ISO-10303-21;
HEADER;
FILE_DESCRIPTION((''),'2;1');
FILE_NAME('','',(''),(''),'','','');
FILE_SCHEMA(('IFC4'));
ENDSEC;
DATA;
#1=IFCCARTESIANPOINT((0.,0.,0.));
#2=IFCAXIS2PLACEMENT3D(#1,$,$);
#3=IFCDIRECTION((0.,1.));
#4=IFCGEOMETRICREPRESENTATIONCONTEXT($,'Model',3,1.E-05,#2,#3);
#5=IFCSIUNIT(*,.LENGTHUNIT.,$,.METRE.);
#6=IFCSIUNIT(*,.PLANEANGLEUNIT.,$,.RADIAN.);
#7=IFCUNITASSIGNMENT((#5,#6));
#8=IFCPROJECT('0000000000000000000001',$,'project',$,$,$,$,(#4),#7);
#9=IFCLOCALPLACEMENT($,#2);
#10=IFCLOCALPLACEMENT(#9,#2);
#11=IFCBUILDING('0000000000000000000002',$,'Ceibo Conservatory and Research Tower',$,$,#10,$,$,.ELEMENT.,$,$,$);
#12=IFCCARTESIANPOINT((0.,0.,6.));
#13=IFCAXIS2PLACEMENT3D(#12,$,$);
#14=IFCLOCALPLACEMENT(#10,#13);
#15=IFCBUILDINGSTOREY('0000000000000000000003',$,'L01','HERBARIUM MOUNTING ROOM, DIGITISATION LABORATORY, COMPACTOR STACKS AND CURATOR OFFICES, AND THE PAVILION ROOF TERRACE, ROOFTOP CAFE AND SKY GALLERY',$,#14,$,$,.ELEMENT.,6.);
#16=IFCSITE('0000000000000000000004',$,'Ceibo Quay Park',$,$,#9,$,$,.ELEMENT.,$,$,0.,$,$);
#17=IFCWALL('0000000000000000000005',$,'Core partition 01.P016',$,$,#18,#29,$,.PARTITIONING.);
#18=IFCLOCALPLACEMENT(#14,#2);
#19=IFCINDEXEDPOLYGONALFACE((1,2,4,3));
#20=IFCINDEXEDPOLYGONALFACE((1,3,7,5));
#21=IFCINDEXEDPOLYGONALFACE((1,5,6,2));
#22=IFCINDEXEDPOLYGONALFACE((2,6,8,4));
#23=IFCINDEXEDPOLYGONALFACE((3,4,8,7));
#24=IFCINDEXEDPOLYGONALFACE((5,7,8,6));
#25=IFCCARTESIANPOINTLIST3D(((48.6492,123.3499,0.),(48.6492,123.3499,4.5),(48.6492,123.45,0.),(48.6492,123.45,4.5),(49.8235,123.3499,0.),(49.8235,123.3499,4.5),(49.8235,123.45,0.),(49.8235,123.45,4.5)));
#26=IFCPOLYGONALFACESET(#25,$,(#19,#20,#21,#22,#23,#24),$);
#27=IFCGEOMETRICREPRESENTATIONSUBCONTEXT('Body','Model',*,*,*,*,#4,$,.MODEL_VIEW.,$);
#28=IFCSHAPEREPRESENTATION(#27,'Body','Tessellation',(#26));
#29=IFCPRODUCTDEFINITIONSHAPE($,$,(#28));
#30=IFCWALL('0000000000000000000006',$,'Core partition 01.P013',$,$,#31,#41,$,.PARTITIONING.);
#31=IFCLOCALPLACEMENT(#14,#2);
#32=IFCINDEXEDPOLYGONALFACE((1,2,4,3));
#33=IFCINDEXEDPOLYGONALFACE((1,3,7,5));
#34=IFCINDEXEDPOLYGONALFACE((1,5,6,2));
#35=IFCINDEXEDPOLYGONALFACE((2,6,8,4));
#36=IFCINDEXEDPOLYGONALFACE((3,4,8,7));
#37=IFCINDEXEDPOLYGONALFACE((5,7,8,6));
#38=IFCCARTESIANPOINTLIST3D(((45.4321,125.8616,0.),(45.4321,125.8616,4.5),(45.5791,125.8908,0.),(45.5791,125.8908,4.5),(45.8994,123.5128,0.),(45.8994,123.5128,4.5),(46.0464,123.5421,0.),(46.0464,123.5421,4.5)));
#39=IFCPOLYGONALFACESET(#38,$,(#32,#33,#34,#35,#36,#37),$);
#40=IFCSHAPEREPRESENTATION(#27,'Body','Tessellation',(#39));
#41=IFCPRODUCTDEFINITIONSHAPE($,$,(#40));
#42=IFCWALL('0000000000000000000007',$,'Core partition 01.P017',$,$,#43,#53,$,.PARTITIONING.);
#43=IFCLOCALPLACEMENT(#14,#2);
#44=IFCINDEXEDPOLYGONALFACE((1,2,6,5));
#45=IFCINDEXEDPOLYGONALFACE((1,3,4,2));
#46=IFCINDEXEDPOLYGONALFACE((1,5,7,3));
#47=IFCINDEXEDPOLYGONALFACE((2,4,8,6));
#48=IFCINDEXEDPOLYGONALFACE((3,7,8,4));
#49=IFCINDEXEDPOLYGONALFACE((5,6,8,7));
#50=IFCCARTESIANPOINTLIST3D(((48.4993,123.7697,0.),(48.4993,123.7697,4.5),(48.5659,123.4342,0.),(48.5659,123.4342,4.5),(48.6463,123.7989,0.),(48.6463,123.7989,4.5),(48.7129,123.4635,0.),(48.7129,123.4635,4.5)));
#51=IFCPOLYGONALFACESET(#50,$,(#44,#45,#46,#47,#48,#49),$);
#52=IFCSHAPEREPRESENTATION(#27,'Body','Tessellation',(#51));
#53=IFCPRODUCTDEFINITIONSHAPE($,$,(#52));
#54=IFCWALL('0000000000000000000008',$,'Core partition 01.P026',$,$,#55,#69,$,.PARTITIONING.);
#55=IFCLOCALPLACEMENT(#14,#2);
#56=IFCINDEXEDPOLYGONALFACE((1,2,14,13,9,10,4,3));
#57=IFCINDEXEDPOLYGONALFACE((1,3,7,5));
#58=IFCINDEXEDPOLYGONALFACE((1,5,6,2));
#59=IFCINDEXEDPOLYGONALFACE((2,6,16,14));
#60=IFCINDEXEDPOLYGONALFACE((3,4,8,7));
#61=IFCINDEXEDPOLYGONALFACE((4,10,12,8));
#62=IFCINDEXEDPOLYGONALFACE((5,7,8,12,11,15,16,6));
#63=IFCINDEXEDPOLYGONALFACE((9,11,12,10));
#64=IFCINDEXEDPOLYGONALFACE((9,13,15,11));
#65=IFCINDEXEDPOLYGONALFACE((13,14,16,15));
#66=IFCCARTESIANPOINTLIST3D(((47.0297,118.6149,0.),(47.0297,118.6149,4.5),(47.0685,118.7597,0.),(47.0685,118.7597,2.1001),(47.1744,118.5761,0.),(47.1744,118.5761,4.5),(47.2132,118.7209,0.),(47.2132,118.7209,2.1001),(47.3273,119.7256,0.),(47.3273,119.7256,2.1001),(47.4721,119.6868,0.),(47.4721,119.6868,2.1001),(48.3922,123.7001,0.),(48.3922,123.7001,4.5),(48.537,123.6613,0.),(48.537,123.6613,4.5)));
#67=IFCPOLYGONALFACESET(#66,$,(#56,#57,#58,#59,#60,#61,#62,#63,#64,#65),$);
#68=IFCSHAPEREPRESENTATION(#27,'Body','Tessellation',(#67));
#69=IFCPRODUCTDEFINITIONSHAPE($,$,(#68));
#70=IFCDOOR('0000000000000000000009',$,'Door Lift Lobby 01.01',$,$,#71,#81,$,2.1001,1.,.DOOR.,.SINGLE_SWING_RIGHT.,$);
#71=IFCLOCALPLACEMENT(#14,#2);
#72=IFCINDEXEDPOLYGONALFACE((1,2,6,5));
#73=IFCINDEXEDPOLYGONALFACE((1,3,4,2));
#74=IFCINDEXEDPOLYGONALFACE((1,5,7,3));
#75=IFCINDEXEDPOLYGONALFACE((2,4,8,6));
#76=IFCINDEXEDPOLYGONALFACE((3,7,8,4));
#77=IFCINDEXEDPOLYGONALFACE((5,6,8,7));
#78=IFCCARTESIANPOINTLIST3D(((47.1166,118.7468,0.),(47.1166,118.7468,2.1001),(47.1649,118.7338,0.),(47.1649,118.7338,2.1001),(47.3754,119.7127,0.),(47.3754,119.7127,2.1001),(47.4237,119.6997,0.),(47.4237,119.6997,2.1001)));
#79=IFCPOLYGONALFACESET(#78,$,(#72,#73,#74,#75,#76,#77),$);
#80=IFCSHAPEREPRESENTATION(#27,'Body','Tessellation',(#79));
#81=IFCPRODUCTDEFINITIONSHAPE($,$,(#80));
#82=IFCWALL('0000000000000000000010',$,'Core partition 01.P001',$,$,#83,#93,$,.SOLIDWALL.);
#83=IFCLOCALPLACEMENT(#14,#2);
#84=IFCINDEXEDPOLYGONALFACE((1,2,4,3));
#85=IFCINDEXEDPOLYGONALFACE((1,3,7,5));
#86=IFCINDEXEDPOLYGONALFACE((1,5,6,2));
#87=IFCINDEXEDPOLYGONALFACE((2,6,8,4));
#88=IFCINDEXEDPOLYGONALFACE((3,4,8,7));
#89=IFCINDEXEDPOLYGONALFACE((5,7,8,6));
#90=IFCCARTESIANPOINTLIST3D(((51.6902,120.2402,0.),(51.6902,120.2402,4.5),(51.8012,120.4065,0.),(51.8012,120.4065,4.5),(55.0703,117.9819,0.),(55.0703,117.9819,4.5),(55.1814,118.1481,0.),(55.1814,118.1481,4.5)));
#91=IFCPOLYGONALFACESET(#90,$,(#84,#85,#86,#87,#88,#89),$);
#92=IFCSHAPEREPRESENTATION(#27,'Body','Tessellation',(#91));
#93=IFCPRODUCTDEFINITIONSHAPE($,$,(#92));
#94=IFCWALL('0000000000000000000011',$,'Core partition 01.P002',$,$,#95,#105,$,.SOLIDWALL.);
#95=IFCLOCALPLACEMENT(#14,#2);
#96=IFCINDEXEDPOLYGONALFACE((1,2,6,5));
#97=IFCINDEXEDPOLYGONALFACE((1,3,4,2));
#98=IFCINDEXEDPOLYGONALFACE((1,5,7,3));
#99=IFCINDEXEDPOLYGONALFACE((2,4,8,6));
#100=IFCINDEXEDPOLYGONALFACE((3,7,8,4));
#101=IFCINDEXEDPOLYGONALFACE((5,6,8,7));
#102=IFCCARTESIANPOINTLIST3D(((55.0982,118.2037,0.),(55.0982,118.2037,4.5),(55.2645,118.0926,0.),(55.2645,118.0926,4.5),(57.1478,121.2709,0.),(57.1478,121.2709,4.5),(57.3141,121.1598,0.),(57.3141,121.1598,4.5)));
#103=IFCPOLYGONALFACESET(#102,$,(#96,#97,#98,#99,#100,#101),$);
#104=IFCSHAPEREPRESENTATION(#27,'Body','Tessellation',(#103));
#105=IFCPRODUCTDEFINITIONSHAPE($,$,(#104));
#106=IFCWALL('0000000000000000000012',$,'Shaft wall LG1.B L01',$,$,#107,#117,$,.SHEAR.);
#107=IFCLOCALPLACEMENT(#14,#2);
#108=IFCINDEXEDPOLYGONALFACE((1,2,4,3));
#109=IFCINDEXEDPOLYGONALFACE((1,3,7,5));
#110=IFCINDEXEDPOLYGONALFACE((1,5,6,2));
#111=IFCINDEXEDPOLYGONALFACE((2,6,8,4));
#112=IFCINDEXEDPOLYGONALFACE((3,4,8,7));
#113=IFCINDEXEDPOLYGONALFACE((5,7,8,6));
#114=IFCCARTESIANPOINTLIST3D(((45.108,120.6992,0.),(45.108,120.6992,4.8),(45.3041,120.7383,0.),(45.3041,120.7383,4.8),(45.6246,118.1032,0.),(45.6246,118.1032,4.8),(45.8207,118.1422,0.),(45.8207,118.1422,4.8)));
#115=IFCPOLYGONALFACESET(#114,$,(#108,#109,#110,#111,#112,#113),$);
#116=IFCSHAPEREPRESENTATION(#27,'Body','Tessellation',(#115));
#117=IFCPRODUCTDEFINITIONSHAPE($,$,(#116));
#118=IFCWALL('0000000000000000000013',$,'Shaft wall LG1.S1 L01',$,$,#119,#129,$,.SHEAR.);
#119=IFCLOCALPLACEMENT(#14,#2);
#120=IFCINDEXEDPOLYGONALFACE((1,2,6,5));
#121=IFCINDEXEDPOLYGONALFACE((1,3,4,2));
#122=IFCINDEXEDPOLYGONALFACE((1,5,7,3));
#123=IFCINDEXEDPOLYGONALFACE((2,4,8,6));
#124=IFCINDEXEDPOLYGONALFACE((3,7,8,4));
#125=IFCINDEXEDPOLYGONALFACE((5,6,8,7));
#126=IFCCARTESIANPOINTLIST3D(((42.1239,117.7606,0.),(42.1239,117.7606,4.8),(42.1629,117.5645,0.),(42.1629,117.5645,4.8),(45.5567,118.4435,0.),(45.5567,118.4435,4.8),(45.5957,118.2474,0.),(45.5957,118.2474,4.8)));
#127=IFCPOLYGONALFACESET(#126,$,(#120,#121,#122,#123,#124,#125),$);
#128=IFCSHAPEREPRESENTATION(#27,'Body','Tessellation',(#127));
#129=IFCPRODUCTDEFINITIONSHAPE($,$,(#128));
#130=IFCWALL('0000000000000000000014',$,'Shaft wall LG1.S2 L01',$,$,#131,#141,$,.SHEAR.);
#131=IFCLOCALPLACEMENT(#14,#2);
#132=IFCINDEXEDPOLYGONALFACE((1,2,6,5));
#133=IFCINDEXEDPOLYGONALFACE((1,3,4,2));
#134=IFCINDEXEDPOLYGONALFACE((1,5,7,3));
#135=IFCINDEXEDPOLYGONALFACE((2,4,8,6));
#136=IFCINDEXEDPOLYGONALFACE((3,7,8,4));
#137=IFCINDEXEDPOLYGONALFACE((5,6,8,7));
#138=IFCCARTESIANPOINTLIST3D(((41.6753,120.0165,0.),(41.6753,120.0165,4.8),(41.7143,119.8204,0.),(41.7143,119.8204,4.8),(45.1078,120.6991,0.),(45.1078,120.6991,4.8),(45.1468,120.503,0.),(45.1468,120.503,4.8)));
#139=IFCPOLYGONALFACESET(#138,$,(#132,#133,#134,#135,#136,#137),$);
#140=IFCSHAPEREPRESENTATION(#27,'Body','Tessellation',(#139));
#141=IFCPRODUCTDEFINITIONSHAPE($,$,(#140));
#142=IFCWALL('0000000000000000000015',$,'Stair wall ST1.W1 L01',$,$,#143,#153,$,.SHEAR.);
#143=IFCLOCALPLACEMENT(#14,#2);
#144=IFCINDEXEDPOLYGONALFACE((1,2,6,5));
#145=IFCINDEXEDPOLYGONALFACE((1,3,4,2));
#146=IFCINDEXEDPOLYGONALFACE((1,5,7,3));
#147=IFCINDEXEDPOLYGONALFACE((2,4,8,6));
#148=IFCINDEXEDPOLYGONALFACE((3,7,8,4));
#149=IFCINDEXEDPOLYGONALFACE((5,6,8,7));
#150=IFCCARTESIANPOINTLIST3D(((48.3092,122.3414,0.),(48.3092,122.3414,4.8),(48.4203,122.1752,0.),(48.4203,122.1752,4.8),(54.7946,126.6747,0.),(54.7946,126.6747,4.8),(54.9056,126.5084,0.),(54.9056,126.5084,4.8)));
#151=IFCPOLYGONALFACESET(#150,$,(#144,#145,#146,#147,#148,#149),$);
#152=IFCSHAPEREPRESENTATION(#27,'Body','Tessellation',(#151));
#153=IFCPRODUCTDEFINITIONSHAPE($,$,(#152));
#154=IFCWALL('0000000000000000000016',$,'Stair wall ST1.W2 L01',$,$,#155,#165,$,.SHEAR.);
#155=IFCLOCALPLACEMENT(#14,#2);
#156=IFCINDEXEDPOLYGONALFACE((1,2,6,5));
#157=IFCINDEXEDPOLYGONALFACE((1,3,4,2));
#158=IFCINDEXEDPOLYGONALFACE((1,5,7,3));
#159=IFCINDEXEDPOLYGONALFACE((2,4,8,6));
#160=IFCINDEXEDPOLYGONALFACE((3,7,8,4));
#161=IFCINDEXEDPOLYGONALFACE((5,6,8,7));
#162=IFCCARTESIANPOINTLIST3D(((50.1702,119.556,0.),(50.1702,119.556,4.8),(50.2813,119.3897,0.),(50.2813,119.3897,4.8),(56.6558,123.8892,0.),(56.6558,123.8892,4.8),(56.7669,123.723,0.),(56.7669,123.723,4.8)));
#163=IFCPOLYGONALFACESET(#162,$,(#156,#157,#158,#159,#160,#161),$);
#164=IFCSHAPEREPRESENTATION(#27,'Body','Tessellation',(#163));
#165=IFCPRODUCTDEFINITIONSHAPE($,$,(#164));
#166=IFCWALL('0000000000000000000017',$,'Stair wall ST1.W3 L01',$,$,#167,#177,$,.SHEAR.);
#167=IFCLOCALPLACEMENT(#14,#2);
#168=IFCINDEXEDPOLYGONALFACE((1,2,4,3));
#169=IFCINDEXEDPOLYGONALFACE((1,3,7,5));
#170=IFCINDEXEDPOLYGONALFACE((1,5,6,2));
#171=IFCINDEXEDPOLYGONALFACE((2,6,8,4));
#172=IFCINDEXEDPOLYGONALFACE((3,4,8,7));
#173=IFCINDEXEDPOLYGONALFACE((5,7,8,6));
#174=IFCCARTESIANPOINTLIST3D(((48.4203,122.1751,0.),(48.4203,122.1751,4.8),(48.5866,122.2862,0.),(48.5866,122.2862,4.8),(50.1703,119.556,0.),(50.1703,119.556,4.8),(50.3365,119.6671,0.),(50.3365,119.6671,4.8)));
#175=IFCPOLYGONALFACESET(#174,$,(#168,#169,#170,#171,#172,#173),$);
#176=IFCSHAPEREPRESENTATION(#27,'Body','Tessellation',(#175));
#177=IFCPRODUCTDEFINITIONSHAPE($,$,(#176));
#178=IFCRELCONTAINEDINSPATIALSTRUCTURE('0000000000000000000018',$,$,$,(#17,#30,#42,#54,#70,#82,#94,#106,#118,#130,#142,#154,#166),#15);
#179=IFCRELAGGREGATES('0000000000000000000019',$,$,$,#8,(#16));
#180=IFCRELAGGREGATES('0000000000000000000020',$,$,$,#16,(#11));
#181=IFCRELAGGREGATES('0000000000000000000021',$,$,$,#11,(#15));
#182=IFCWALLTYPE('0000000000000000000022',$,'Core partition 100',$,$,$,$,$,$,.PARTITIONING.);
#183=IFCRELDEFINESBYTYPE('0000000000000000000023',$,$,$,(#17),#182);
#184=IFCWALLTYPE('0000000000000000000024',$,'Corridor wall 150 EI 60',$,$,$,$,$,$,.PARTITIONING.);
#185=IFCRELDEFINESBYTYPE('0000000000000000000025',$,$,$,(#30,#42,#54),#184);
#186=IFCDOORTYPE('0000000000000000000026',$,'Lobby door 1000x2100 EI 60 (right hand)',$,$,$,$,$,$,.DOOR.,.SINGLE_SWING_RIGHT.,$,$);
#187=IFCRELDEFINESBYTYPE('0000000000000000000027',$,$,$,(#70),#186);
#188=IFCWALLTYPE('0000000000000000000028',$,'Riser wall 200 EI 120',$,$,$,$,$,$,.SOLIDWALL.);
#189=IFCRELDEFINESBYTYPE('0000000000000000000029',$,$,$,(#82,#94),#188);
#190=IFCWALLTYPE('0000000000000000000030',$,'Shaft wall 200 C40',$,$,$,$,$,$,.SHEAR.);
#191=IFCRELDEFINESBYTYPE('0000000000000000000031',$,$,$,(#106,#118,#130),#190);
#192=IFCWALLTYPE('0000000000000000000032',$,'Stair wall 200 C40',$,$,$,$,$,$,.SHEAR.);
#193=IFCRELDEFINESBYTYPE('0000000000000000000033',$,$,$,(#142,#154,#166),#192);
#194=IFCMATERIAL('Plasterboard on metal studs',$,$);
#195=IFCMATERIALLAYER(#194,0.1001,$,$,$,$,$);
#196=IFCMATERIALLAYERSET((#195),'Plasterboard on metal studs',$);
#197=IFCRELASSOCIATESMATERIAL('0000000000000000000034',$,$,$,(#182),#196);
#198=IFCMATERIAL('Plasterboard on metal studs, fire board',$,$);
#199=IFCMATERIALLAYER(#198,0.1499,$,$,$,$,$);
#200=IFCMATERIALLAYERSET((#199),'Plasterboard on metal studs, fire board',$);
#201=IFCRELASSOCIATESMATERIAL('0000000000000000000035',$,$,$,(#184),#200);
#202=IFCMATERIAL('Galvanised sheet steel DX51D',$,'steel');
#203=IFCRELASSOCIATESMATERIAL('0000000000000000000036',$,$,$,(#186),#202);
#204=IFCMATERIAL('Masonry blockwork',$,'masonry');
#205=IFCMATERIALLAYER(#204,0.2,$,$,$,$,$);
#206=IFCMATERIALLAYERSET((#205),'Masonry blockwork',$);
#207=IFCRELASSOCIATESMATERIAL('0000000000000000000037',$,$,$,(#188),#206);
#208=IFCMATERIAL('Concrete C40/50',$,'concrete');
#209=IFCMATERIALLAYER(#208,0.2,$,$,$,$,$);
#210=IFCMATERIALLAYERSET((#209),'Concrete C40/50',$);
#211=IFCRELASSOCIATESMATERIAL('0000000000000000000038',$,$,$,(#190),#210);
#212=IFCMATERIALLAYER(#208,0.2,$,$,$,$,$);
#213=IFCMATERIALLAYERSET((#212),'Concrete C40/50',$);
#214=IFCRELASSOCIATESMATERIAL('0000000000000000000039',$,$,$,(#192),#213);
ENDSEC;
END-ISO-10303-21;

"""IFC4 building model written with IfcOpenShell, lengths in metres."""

from ifc_helpers import new_model, si_unit, direction, frame, frame_2d, origin, place, context, subcontext, project, spatial, rectangle, extrude, material, layer, layer_set, type_object, element, fill, save


model = new_model("IFC4")

# Units and contexts
model_context = context("Model", 3, precision=1e-05, world=origin(), true_north=direction((0.0, 1.0)))
body_context = subcontext(model_context, "Body", "Model", "MODEL_VIEW")
ifc_project = project(units=[si_unit("LENGTHUNIT", "METRE"), si_unit("PLANEANGLEUNIT", "RADIAN")], contexts=[model_context])

# Site, building, storey
site_placement = place(None, origin())
site = spatial("IfcSite", under=ifc_project, at=site_placement, Name="Ceibo Quay Park", CompositionType="ELEMENT", RefElevation=0.0)
building_placement = place(site_placement, origin())
building = spatial("IfcBuilding", under=site, at=building_placement, Name="Ceibo Conservatory and Research Tower", CompositionType="ELEMENT")
storey_placement = place(building_placement, frame((0.0, 0.0, 6.0)))
storey = spatial("IfcBuildingStorey", under=building, at=storey_placement, Name="L01", Description="HERBARIUM MOUNTING ROOM, DIGITISATION LABORATORY, COMPACTOR STACKS AND CURATOR OFFICES, AND THE PAVILION ROOF TERRACE, ROOFTOP CAFE AND SKY GALLERY", CompositionType="ELEMENT", Elevation=6.0)

# Walls
ifc_material_1 = material(Name="Plasterboard on metal studs")
ifc_layer_1 = layer(ifc_material_1, 0.1001)
ifc_layer_set_1 = layer_set([ifc_layer_1], Name="Plasterboard on metal studs")
wall_type_1 = type_object("IfcWallType", Name="Core partition 100", PredefinedType="PARTITIONING", material=ifc_layer_set_1)
wall_1_placement = place(storey_placement, frame((49.8235, 123.3999, 0.0), z_axis=(0.0, 0.0, 1.0), x_axis=(-1.0, 0.0, 0.0)))
element("IfcWall", 1, at=wall_1_placement, inside=storey, type_object=wall_type_1, Name="Core partition 01.P016", PredefinedType="PARTITIONING", context=body_context, shape_type="SweptSolid", body=[
    extrude(rectangle(XDim=1.1743, YDim=0.1001, at=frame_2d((0.5872, 0.0))), origin(), (0.0, 0.0, 1.0), 4.5),
])
ifc_material_2 = material(Name="Plasterboard on metal studs, fire board")
ifc_layer_2 = layer(ifc_material_2, 0.1499)
ifc_layer_set_2 = layer_set([ifc_layer_2], Name="Plasterboard on metal studs, fire board")
wall_type_2 = type_object("IfcWallType", Name="Corridor wall 150 EI 60", PredefinedType="PARTITIONING", material=ifc_layer_set_2)
wall_2_placement = place(storey_placement, frame((45.9729, 123.5276, 0.0), z_axis=(0.0, 0.0, 1.0), x_axis=(-0.195136, 0.980776, 0.0)))
element("IfcWall", 2, at=wall_2_placement, inside=storey, type_object=wall_type_2, Name="Core partition 01.P013", PredefinedType="PARTITIONING", context=body_context, shape_type="SweptSolid", body=[
    extrude(rectangle(XDim=2.3948, YDim=0.1499, at=frame_2d((1.1973, 0.0))), origin(), (0.0, 0.0, 1.0), 4.5),
])
wall_3_placement = place(storey_placement, frame((48.6394, 123.449, 0.0), z_axis=(0.0, 0.0, 1.0), x_axis=(-0.19488, 0.980827, 0.0)))
element("IfcWall", 3, at=wall_3_placement, inside=storey, type_object=wall_type_2, Name="Core partition 01.P017", PredefinedType="PARTITIONING", context=body_context, shape_type="SweptSolid", body=[
    extrude(rectangle(XDim=0.342, YDim=0.1499, at=frame_2d((0.1709, 0.0))), origin(), (0.0, 0.0, 1.0), 4.5),
])

# Wall, opening, door
wall_4_placement = place(storey_placement, frame((47.1021, 118.5955, 0.0), z_axis=(0.0, 0.0, 1.0), x_axis=(0.258814, 0.965927, 0.0)))
wall_4 = element("IfcWall", 4, at=wall_4_placement, inside=storey, type_object=wall_type_2, Name="Core partition 01.P026", PredefinedType="PARTITIONING", context=body_context, shape_type="SweptSolid", body=[
    extrude(rectangle(XDim=5.2646, YDim=0.1499, at=frame_2d((2.6323, 0.0))), origin(), (0.0, 0.0, 1.0), 4.5),
])
opening_placement = place(wall_4_placement, frame((0.1499, 0.0, 0.0)))
opening = element("IfcOpeningElement", 5, at=opening_placement, cuts=wall_4, PredefinedType="OPENING", context=body_context, shape_type="SweptSolid", body=[
    extrude(rectangle(XDim=1.0, YDim=2.1001, at=frame_2d((0.5, 1.05))), frame((0.0, 0.085, 0.0), z_axis=(0.0, -1.0, 0.0), x_axis=(1.0, 0.0, 0.0)), (0.0, 0.0, 1.0), 0.1699),
])
ifc_material_3 = material(Name="Galvanised sheet steel DX51D", Category="steel")
door_type = type_object("IfcDoorType", Name="Lobby door 1000x2100 EI 60 (right hand)", OperationType="SINGLE_SWING_RIGHT", PredefinedType="DOOR", material=ifc_material_3)
door_placement = place(opening_placement, frame((1.0, 0.0, 0.0), z_axis=(0.0, 0.0, 1.0), x_axis=(-1.0, 0.0, 0.0)))
door = element("IfcDoor", 6, at=door_placement, inside=storey, type_object=door_type, Name="Door Lift Lobby 01.01", OperationType="SINGLE_SWING_RIGHT", OverallHeight=2.1001, OverallWidth=1.0, PredefinedType="DOOR", context=body_context, shape_type="SweptSolid", body=[
    extrude(rectangle(XDim=1.0, YDim=2.1001, at=frame_2d((0.5, 1.05))), frame((0.0, 0.0249, 0.0), z_axis=(0.0, -1.0, 0.0), x_axis=(1.0, 0.0, 0.0)), (0.0, 0.0, 1.0), 0.05),
])
fill(opening, door)

# Walls
ifc_material_4 = material(Name="Masonry blockwork", Category="masonry")
ifc_layer_3 = layer(ifc_material_4, 0.2)
ifc_layer_set_3 = layer_set([ifc_layer_3], Name="Masonry blockwork")
wall_type_3 = type_object("IfcWallType", Name="Riser wall 200 EI 120", PredefinedType="SOLIDWALL", material=ifc_layer_set_3)
wall_5_placement = place(storey_placement, frame((55.126, 118.0649, 0.0), z_axis=(0.0, 0.0, 1.0), x_axis=(-0.831496, 0.555531, 0.0)))
element("IfcWall", 7, at=wall_5_placement, inside=storey, type_object=wall_type_3, Name="Core partition 01.P001", PredefinedType="SOLIDWALL", context=body_context, shape_type="SweptSolid", body=[
    extrude(rectangle(XDim=4.0652, YDim=0.2, at=frame_2d((2.0327, 0.0))), origin(), (0.0, 0.0, 1.0), 4.5),
])
wall_6_placement = place(storey_placement, frame((57.231, 121.2153, 0.0), z_axis=(0.0, 0.0, 1.0), x_axis=(-0.555601, -0.831449, 0.0)))
element("IfcWall", 8, at=wall_6_placement, inside=storey, type_object=wall_type_3, Name="Core partition 01.P002", PredefinedType="SOLIDWALL", context=body_context, shape_type="SweptSolid", body=[
    extrude(rectangle(XDim=3.689, YDim=0.2, at=frame_2d((1.8445, 0.0))), origin(), (0.0, 0.0, 1.0), 4.5),
])
ifc_material_5 = material(Name="Concrete C40/50", Category="concrete")
ifc_layer_4 = layer(ifc_material_5, 0.2)
ifc_layer_set_4 = layer_set([ifc_layer_4], Name="Concrete C40/50")
wall_type_4 = type_object("IfcWallType", Name="Shaft wall 200 C40", PredefinedType="SHEAR", material=ifc_layer_set_4)
wall_7_placement = place(storey_placement, frame((45.2061, 120.7188, 0.0), z_axis=(0.0, 0.0, 1.0), x_axis=(0.195158, -0.980772, 0.0)))
element("IfcWall", 9, at=wall_7_placement, inside=storey, type_object=wall_type_4, Name="Shaft wall LG1.B L01", PredefinedType="SHEAR", context=body_context, shape_type="SweptSolid", body=[
    extrude(rectangle(XDim=2.647, YDim=0.2, at=frame_2d((1.3235, 0.0))), origin(), (0.0, 0.0, 1.0), 4.8),
])
wall_8_placement = place(storey_placement, frame((45.5762, 118.3455, 0.0), z_axis=(0.0, 0.0, 1.0), x_axis=(-0.980781, -0.19511, 0.0)))
element("IfcWall", 10, at=wall_8_placement, inside=storey, type_object=wall_type_4, Name="Shaft wall LG1.S1 L01", PredefinedType="SHEAR", context=body_context, shape_type="SweptSolid", body=[
    extrude(rectangle(XDim=3.5, YDim=0.2, at=frame_2d((1.75, 0.0))), origin(), (0.0, 0.0, 1.0), 4.8),
])
wall_9_placement = place(storey_placement, frame((45.1274, 120.6011, 0.0), z_axis=(0.0, 0.0, 1.0), x_axis=(-0.980795, -0.195043, 0.0)))
element("IfcWall", 11, at=wall_9_placement, inside=storey, type_object=wall_type_4, Name="Shaft wall LG1.S2 L01", PredefinedType="SHEAR", context=body_context, shape_type="SweptSolid", body=[
    extrude(rectangle(XDim=3.4998, YDim=0.2, at=frame_2d((1.75, 0.0))), origin(), (0.0, 0.0, 1.0), 4.8),
])
ifc_layer_5 = layer(ifc_material_5, 0.2)
ifc_layer_set_5 = layer_set([ifc_layer_5], Name="Concrete C40/50")
wall_type_5 = type_object("IfcWallType", Name="Stair wall 200 C40", PredefinedType="SHEAR", material=ifc_layer_set_5)
wall_10_placement = place(storey_placement, frame((48.3647, 122.2583, 0.0), z_axis=(0.0, 0.0, 1.0), x_axis=(0.831477, 0.555559, 0.0)))
element("IfcWall", 12, at=wall_10_placement, inside=storey, type_object=wall_type_5, Name="Stair wall ST1.W1 L01", PredefinedType="SHEAR", context=body_context, shape_type="SweptSolid", body=[
    extrude(rectangle(XDim=7.7998, YDim=0.2, at=frame_2d((3.8999, 0.0))), origin(), (0.0, 0.0, 1.0), 4.8),
])
wall_11_placement = place(storey_placement, frame((50.2258, 119.4729, 0.0), z_axis=(0.0, 0.0, 1.0), x_axis=(0.831486, 0.555545, 0.0)))
element("IfcWall", 13, at=wall_11_placement, inside=storey, type_object=wall_type_5, Name="Stair wall ST1.W2 L01", PredefinedType="SHEAR", context=body_context, shape_type="SweptSolid", body=[
    extrude(rectangle(XDim=7.8, YDim=0.2, at=frame_2d((3.8999, 0.0))), origin(), (0.0, 0.0, 1.0), 4.8),
])
wall_12_placement = place(storey_placement, frame((50.2534, 119.6116, 0.0), z_axis=(0.0, 0.0, 1.0), x_axis=(-0.555558, 0.831478, 0.0)))
element("IfcWall", 14, at=wall_12_placement, inside=storey, type_object=wall_type_5, Name="Stair wall ST1.W3 L01", PredefinedType="SHEAR", context=body_context, shape_type="SweptSolid", body=[
    extrude(rectangle(XDim=3.1499, YDim=0.2, at=frame_2d((1.575, 0.0))), origin(), (0.0, 0.0, 1.0), 4.8),
])

save(model, "model.ifc")
